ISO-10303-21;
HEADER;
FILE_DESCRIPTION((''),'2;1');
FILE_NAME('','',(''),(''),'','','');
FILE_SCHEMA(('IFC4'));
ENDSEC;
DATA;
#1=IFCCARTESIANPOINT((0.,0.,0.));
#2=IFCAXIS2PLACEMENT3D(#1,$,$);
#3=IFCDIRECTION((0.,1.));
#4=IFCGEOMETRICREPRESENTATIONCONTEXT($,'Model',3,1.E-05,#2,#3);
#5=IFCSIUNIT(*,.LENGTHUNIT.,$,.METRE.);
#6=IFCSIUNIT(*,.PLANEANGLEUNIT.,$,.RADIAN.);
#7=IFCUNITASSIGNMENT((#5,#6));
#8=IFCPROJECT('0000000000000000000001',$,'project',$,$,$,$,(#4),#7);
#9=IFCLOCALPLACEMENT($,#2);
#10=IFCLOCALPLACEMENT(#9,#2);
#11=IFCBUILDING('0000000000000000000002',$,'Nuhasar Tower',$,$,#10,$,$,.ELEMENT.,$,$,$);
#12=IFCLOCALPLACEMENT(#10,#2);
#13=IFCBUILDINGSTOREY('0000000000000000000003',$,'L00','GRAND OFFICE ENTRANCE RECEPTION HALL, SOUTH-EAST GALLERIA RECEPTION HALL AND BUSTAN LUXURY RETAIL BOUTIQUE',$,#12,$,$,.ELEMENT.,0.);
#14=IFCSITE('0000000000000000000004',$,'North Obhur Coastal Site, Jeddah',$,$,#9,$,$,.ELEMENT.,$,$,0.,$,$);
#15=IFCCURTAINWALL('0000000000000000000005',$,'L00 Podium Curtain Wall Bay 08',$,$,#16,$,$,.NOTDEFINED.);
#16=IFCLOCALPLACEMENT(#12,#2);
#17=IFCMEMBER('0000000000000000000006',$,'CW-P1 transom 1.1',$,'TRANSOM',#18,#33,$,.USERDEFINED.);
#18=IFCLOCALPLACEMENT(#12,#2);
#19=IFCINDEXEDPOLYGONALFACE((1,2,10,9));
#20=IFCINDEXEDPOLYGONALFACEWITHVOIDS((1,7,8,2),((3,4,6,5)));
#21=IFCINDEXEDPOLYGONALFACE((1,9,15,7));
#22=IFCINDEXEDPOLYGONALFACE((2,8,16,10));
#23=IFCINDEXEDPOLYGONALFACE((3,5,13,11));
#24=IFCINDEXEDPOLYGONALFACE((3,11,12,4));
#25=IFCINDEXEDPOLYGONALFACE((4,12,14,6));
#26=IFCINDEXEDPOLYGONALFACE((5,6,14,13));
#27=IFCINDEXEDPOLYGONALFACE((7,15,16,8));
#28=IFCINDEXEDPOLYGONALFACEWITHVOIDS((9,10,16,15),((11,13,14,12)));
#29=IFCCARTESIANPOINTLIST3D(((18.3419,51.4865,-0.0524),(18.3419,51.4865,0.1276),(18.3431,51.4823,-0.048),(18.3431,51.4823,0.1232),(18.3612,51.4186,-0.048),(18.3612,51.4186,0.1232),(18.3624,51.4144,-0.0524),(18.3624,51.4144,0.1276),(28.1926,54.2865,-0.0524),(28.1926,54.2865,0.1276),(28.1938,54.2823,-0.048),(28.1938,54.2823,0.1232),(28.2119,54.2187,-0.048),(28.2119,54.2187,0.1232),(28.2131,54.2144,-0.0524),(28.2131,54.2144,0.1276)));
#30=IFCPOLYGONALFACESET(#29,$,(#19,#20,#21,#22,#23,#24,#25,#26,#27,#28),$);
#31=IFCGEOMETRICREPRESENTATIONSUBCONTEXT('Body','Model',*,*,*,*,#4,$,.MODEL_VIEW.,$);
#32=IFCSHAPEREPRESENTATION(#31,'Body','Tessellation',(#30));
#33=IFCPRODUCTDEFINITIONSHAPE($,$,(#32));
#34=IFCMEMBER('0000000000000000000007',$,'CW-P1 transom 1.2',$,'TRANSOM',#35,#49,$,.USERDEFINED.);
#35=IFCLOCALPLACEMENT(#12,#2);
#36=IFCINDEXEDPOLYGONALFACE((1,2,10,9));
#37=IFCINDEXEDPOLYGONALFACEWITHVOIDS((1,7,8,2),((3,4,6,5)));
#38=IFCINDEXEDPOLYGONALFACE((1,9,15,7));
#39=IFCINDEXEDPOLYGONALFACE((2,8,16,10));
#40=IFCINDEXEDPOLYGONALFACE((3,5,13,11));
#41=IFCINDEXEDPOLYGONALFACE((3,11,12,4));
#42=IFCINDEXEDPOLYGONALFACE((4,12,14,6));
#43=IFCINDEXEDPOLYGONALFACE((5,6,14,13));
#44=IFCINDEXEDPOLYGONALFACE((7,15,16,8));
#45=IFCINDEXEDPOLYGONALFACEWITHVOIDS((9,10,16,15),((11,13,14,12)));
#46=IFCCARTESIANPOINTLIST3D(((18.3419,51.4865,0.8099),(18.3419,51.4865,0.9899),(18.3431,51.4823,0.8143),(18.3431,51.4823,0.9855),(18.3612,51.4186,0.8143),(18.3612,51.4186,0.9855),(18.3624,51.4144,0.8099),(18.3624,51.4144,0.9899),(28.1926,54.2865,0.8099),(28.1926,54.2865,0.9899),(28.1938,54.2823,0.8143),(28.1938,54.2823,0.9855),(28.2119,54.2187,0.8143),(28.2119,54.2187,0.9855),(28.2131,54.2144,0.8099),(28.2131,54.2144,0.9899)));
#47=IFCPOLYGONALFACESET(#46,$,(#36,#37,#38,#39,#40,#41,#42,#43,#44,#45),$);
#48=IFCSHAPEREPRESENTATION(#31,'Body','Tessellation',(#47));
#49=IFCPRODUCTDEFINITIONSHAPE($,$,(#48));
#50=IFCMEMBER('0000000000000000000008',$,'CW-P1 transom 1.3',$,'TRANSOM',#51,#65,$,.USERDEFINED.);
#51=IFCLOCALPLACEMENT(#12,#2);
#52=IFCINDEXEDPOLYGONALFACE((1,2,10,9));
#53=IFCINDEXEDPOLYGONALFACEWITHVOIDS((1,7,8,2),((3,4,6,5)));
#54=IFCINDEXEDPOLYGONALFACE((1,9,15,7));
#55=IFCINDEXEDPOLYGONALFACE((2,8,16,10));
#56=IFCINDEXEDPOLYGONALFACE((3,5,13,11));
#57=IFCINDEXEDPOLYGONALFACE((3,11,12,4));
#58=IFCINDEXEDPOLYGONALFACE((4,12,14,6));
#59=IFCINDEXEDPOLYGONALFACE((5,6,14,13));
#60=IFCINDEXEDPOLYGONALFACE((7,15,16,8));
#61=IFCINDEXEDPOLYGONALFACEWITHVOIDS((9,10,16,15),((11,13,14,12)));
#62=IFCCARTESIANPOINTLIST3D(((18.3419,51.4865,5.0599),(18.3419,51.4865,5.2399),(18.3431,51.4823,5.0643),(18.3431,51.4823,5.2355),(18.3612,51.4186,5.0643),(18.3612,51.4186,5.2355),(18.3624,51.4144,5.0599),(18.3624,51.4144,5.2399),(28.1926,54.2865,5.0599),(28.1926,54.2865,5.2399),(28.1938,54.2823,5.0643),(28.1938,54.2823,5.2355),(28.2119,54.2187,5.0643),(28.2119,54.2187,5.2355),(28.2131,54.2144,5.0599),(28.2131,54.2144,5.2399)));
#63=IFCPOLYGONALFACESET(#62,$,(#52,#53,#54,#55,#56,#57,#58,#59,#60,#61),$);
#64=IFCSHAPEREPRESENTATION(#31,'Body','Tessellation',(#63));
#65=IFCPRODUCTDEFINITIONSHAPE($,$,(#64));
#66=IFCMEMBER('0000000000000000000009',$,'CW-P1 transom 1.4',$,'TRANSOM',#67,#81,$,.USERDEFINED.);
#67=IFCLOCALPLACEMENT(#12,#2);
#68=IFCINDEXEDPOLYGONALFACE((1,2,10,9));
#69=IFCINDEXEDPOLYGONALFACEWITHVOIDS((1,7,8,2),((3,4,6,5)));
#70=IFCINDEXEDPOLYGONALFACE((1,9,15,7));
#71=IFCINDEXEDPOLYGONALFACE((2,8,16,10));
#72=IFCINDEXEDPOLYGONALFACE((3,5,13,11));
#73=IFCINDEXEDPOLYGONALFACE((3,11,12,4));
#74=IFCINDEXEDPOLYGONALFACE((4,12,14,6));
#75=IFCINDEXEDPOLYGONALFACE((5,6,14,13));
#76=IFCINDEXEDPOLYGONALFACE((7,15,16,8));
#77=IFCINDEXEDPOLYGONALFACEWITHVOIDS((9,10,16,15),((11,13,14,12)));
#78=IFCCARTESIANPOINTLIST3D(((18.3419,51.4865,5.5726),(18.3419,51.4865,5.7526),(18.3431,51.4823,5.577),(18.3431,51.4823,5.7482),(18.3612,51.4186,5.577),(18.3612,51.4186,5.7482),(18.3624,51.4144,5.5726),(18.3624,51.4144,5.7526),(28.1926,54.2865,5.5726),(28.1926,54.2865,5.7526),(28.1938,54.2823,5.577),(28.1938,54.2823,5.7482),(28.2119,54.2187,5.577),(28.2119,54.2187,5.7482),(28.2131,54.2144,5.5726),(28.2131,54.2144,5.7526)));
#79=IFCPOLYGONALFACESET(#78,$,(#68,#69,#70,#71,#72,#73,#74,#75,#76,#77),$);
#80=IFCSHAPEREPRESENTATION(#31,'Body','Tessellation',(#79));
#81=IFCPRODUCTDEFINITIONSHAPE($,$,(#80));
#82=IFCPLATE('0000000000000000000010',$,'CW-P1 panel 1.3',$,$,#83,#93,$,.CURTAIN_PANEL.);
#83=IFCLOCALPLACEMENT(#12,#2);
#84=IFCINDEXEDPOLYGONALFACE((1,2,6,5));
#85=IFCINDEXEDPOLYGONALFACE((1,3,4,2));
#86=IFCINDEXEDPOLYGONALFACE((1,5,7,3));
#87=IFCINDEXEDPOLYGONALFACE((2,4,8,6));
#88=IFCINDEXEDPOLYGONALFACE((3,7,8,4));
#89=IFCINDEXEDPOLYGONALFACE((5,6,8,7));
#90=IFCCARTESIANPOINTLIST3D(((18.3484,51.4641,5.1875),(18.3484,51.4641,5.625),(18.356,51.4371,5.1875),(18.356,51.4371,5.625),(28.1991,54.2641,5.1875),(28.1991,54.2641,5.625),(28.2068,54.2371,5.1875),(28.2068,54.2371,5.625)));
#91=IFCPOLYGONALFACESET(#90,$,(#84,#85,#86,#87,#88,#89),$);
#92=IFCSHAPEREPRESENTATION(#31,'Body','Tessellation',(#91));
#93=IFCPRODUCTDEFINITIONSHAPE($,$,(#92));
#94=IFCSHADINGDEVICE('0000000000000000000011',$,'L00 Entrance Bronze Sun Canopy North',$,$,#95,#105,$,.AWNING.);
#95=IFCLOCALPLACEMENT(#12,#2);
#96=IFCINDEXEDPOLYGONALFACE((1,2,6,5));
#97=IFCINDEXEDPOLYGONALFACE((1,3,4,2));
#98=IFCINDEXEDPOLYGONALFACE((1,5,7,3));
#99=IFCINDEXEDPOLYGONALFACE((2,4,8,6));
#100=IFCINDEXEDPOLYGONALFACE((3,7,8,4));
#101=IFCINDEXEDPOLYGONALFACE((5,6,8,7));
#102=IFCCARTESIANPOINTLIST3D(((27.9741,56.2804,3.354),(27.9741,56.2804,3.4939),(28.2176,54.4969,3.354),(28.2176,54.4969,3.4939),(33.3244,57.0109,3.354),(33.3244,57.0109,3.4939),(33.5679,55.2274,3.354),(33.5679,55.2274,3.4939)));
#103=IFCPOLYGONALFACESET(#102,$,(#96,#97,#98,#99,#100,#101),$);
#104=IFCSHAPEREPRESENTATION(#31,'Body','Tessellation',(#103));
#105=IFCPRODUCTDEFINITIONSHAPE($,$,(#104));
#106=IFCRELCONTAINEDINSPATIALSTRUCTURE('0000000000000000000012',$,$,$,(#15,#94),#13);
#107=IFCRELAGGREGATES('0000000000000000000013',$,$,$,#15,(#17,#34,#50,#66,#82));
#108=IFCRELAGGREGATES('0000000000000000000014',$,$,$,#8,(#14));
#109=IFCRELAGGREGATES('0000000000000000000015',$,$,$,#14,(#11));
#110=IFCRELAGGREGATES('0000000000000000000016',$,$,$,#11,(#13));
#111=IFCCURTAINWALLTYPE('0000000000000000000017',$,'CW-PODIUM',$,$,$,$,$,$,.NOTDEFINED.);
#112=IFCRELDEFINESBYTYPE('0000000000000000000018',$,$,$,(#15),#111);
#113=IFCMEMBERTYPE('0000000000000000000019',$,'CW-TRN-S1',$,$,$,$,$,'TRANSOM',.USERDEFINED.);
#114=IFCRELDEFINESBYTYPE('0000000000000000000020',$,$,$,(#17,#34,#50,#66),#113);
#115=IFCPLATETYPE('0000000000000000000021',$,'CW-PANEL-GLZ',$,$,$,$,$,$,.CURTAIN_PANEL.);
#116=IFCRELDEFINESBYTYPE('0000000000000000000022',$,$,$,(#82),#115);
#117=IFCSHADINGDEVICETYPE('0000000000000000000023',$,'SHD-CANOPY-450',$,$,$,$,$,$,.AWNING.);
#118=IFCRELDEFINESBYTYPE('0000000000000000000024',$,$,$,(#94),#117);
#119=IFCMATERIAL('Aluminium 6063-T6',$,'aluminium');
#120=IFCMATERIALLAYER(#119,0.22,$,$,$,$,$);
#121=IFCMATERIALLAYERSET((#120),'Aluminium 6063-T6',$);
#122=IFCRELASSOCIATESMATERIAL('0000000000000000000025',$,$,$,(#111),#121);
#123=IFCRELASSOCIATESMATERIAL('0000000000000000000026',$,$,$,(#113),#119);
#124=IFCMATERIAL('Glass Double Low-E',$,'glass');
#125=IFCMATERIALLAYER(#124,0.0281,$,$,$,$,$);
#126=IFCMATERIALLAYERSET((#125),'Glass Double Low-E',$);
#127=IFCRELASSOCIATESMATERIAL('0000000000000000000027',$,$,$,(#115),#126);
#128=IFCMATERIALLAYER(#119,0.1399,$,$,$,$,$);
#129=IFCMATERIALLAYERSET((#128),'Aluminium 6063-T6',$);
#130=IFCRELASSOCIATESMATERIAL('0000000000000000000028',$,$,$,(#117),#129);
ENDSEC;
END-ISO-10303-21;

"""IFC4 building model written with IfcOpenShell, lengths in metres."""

from ifc_helpers import new_model, si_unit, direction, frame, origin, origin_2d, place, context, subcontext, project, spatial, rectangle, hollow_rectangle, extrude, material, layer, layer_set, material_profile, profile_set, type_object, element, aggregate, save


model = new_model("IFC4")

# Units and contexts
model_context = context("Model", 3, precision=1e-05, world=origin(), true_north=direction((0.0, 1.0)))
body_context = subcontext(model_context, "Body", "Model", "MODEL_VIEW")
ifc_project = project(units=[si_unit("LENGTHUNIT", "METRE"), si_unit("PLANEANGLEUNIT", "RADIAN")], contexts=[model_context])

# Site, building, storey
site_placement = place(None, origin())
site = spatial("IfcSite", under=ifc_project, at=site_placement, Name="North Obhur Coastal Site, Jeddah", CompositionType="ELEMENT", RefElevation=0.0)
building_placement = place(site_placement, origin())
building = spatial("IfcBuilding", under=site, at=building_placement, Name="Nuhasar Tower", CompositionType="ELEMENT")
storey_placement = place(building_placement, origin())
storey = spatial("IfcBuildingStorey", under=building, at=storey_placement, Name="L00", Description="GRAND OFFICE ENTRANCE RECEPTION HALL, SOUTH-EAST GALLERIA RECEPTION HALL AND BUSTAN LUXURY RETAIL BOUTIQUE", CompositionType="ELEMENT", Elevation=0.0)

# Curtain wall, members, plate
ifc_material_1 = material(Name="Aluminium 6063-T6", Category="aluminium")
ifc_layer_1 = layer(ifc_material_1, 0.22)
ifc_layer_set_1 = layer_set([ifc_layer_1], Name="Aluminium 6063-T6")
curtain_wall_type = type_object("IfcCurtainWallType", Name="CW-PODIUM", PredefinedType="NOTDEFINED", material=ifc_layer_set_1)
curtain_wall_placement = place(storey_placement, origin())
curtain_wall = element("IfcCurtainWall", 1, at=curtain_wall_placement, inside=storey, type_object=curtain_wall_type, Name="L00 Podium Curtain Wall Bay 08", PredefinedType="NOTDEFINED")
ifc_material_profile_1 = material_profile(ifc_material_1, hollow_rectangle(XDim=0.075, YDim=0.1799, WallThickness=0.0044, at=origin_2d()), Name="CWT-1")
ifc_profile_set_1 = profile_set([ifc_material_profile_1], Name="Aluminium 6063-T6")
member_type_1 = type_object("IfcMemberType", Name="CW-TRN-S1", ElementType="TRANSOM", PredefinedType="USERDEFINED", material=ifc_profile_set_1)
member_1_placement = place(storey_placement, frame((28.2029, 54.2505, 0.0376), z_axis=(-0.961896, -0.273414, 0.0), x_axis=(0.273414, -0.961896, 0.0)))
member_1 = element("IfcMember", 2, at=member_1_placement, type_object=member_type_1, Name="CW-P1 transom 1.1", ObjectType="TRANSOM", PredefinedType="USERDEFINED", context=body_context, shape_type="SweptSolid", body=[
    extrude(hollow_rectangle(XDim=0.075, YDim=0.1799, WallThickness=0.0044, at=origin_2d()), origin(), (0.0, 0.0, 1.0), 10.241),
])
member_2_placement = place(storey_placement, frame((28.2029, 54.2505, 0.8999), z_axis=(-0.961896, -0.273414, 0.0), x_axis=(0.273414, -0.961896, 0.0)))
member_2 = element("IfcMember", 3, at=member_2_placement, type_object=member_type_1, Name="CW-P1 transom 1.2", ObjectType="TRANSOM", PredefinedType="USERDEFINED", context=body_context, shape_type="SweptSolid", body=[
    extrude(hollow_rectangle(XDim=0.075, YDim=0.1799, WallThickness=0.0044, at=origin_2d()), origin(), (0.0, 0.0, 1.0), 10.241),
])
member_3_placement = place(storey_placement, frame((28.2029, 54.2505, 5.1499), z_axis=(-0.961896, -0.273414, 0.0), x_axis=(0.273414, -0.961896, 0.0)))
member_3 = element("IfcMember", 4, at=member_3_placement, type_object=member_type_1, Name="CW-P1 transom 1.3", ObjectType="TRANSOM", PredefinedType="USERDEFINED", context=body_context, shape_type="SweptSolid", body=[
    extrude(hollow_rectangle(XDim=0.075, YDim=0.1799, WallThickness=0.0044, at=origin_2d()), origin(), (0.0, 0.0, 1.0), 10.241),
])
member_4_placement = place(storey_placement, frame((28.2029, 54.2505, 5.6626), z_axis=(-0.961896, -0.273414, 0.0), x_axis=(0.273414, -0.961896, 0.0)))
member_4 = element("IfcMember", 5, at=member_4_placement, type_object=member_type_1, Name="CW-P1 transom 1.4", ObjectType="TRANSOM", PredefinedType="USERDEFINED", context=body_context, shape_type="SweptSolid", body=[
    extrude(hollow_rectangle(XDim=0.075, YDim=0.1799, WallThickness=0.0044, at=origin_2d()), origin(), (0.0, 0.0, 1.0), 10.241),
])
ifc_material_2 = material(Name="Glass Double Low-E", Category="glass")
ifc_layer_2 = layer(ifc_material_2, 0.0281)
ifc_layer_set_2 = layer_set([ifc_layer_2], Name="Glass Double Low-E")
plate_type = type_object("IfcPlateType", Name="CW-PANEL-GLZ", PredefinedType="CURTAIN_PANEL", material=ifc_layer_set_2)
plate_placement = place(storey_placement, frame((23.2776, 52.8506, 5.1875), z_axis=(0.0, 0.0, 1.0), x_axis=(-0.961897, -0.273412, 0.0)))
plate = element("IfcPlate", 6, at=plate_placement, type_object=plate_type, Name="CW-P1 panel 1.3", PredefinedType="CURTAIN_PANEL", context=body_context, shape_type="SweptSolid", body=[
    extrude(rectangle(XDim=10.241, YDim=0.0281, at=origin_2d()), origin(), (0.0, 0.0, 1.0), 0.4375),
])
aggregate(curtain_wall, [member_1, member_2, member_3, member_4, plate])

# Shading device
ifc_layer_3 = layer(ifc_material_1, 0.1399)
ifc_layer_set_3 = layer_set([ifc_layer_3], Name="Aluminium 6063-T6")
shading_device_type = type_object("IfcShadingDeviceType", Name="SHD-CANOPY-450", PredefinedType="AWNING", material=ifc_layer_set_3)
shading_device_placement = place(storey_placement, frame((30.771, 55.7539, 3.354), z_axis=(0.0, 0.0, 1.0), x_axis=(-0.135266, 0.990809, 0.0)))
element("IfcShadingDevice", 7, at=shading_device_placement, inside=storey, type_object=shading_device_type, Name="L00 Entrance Bronze Sun Canopy North", PredefinedType="AWNING", context=body_context, shape_type="SweptSolid", body=[
    extrude(rectangle(XDim=1.8, YDim=5.3999, at=origin_2d()), origin(), (0.0, 0.0, 1.0), 0.1399),
])

save(model, "model.ifc")
